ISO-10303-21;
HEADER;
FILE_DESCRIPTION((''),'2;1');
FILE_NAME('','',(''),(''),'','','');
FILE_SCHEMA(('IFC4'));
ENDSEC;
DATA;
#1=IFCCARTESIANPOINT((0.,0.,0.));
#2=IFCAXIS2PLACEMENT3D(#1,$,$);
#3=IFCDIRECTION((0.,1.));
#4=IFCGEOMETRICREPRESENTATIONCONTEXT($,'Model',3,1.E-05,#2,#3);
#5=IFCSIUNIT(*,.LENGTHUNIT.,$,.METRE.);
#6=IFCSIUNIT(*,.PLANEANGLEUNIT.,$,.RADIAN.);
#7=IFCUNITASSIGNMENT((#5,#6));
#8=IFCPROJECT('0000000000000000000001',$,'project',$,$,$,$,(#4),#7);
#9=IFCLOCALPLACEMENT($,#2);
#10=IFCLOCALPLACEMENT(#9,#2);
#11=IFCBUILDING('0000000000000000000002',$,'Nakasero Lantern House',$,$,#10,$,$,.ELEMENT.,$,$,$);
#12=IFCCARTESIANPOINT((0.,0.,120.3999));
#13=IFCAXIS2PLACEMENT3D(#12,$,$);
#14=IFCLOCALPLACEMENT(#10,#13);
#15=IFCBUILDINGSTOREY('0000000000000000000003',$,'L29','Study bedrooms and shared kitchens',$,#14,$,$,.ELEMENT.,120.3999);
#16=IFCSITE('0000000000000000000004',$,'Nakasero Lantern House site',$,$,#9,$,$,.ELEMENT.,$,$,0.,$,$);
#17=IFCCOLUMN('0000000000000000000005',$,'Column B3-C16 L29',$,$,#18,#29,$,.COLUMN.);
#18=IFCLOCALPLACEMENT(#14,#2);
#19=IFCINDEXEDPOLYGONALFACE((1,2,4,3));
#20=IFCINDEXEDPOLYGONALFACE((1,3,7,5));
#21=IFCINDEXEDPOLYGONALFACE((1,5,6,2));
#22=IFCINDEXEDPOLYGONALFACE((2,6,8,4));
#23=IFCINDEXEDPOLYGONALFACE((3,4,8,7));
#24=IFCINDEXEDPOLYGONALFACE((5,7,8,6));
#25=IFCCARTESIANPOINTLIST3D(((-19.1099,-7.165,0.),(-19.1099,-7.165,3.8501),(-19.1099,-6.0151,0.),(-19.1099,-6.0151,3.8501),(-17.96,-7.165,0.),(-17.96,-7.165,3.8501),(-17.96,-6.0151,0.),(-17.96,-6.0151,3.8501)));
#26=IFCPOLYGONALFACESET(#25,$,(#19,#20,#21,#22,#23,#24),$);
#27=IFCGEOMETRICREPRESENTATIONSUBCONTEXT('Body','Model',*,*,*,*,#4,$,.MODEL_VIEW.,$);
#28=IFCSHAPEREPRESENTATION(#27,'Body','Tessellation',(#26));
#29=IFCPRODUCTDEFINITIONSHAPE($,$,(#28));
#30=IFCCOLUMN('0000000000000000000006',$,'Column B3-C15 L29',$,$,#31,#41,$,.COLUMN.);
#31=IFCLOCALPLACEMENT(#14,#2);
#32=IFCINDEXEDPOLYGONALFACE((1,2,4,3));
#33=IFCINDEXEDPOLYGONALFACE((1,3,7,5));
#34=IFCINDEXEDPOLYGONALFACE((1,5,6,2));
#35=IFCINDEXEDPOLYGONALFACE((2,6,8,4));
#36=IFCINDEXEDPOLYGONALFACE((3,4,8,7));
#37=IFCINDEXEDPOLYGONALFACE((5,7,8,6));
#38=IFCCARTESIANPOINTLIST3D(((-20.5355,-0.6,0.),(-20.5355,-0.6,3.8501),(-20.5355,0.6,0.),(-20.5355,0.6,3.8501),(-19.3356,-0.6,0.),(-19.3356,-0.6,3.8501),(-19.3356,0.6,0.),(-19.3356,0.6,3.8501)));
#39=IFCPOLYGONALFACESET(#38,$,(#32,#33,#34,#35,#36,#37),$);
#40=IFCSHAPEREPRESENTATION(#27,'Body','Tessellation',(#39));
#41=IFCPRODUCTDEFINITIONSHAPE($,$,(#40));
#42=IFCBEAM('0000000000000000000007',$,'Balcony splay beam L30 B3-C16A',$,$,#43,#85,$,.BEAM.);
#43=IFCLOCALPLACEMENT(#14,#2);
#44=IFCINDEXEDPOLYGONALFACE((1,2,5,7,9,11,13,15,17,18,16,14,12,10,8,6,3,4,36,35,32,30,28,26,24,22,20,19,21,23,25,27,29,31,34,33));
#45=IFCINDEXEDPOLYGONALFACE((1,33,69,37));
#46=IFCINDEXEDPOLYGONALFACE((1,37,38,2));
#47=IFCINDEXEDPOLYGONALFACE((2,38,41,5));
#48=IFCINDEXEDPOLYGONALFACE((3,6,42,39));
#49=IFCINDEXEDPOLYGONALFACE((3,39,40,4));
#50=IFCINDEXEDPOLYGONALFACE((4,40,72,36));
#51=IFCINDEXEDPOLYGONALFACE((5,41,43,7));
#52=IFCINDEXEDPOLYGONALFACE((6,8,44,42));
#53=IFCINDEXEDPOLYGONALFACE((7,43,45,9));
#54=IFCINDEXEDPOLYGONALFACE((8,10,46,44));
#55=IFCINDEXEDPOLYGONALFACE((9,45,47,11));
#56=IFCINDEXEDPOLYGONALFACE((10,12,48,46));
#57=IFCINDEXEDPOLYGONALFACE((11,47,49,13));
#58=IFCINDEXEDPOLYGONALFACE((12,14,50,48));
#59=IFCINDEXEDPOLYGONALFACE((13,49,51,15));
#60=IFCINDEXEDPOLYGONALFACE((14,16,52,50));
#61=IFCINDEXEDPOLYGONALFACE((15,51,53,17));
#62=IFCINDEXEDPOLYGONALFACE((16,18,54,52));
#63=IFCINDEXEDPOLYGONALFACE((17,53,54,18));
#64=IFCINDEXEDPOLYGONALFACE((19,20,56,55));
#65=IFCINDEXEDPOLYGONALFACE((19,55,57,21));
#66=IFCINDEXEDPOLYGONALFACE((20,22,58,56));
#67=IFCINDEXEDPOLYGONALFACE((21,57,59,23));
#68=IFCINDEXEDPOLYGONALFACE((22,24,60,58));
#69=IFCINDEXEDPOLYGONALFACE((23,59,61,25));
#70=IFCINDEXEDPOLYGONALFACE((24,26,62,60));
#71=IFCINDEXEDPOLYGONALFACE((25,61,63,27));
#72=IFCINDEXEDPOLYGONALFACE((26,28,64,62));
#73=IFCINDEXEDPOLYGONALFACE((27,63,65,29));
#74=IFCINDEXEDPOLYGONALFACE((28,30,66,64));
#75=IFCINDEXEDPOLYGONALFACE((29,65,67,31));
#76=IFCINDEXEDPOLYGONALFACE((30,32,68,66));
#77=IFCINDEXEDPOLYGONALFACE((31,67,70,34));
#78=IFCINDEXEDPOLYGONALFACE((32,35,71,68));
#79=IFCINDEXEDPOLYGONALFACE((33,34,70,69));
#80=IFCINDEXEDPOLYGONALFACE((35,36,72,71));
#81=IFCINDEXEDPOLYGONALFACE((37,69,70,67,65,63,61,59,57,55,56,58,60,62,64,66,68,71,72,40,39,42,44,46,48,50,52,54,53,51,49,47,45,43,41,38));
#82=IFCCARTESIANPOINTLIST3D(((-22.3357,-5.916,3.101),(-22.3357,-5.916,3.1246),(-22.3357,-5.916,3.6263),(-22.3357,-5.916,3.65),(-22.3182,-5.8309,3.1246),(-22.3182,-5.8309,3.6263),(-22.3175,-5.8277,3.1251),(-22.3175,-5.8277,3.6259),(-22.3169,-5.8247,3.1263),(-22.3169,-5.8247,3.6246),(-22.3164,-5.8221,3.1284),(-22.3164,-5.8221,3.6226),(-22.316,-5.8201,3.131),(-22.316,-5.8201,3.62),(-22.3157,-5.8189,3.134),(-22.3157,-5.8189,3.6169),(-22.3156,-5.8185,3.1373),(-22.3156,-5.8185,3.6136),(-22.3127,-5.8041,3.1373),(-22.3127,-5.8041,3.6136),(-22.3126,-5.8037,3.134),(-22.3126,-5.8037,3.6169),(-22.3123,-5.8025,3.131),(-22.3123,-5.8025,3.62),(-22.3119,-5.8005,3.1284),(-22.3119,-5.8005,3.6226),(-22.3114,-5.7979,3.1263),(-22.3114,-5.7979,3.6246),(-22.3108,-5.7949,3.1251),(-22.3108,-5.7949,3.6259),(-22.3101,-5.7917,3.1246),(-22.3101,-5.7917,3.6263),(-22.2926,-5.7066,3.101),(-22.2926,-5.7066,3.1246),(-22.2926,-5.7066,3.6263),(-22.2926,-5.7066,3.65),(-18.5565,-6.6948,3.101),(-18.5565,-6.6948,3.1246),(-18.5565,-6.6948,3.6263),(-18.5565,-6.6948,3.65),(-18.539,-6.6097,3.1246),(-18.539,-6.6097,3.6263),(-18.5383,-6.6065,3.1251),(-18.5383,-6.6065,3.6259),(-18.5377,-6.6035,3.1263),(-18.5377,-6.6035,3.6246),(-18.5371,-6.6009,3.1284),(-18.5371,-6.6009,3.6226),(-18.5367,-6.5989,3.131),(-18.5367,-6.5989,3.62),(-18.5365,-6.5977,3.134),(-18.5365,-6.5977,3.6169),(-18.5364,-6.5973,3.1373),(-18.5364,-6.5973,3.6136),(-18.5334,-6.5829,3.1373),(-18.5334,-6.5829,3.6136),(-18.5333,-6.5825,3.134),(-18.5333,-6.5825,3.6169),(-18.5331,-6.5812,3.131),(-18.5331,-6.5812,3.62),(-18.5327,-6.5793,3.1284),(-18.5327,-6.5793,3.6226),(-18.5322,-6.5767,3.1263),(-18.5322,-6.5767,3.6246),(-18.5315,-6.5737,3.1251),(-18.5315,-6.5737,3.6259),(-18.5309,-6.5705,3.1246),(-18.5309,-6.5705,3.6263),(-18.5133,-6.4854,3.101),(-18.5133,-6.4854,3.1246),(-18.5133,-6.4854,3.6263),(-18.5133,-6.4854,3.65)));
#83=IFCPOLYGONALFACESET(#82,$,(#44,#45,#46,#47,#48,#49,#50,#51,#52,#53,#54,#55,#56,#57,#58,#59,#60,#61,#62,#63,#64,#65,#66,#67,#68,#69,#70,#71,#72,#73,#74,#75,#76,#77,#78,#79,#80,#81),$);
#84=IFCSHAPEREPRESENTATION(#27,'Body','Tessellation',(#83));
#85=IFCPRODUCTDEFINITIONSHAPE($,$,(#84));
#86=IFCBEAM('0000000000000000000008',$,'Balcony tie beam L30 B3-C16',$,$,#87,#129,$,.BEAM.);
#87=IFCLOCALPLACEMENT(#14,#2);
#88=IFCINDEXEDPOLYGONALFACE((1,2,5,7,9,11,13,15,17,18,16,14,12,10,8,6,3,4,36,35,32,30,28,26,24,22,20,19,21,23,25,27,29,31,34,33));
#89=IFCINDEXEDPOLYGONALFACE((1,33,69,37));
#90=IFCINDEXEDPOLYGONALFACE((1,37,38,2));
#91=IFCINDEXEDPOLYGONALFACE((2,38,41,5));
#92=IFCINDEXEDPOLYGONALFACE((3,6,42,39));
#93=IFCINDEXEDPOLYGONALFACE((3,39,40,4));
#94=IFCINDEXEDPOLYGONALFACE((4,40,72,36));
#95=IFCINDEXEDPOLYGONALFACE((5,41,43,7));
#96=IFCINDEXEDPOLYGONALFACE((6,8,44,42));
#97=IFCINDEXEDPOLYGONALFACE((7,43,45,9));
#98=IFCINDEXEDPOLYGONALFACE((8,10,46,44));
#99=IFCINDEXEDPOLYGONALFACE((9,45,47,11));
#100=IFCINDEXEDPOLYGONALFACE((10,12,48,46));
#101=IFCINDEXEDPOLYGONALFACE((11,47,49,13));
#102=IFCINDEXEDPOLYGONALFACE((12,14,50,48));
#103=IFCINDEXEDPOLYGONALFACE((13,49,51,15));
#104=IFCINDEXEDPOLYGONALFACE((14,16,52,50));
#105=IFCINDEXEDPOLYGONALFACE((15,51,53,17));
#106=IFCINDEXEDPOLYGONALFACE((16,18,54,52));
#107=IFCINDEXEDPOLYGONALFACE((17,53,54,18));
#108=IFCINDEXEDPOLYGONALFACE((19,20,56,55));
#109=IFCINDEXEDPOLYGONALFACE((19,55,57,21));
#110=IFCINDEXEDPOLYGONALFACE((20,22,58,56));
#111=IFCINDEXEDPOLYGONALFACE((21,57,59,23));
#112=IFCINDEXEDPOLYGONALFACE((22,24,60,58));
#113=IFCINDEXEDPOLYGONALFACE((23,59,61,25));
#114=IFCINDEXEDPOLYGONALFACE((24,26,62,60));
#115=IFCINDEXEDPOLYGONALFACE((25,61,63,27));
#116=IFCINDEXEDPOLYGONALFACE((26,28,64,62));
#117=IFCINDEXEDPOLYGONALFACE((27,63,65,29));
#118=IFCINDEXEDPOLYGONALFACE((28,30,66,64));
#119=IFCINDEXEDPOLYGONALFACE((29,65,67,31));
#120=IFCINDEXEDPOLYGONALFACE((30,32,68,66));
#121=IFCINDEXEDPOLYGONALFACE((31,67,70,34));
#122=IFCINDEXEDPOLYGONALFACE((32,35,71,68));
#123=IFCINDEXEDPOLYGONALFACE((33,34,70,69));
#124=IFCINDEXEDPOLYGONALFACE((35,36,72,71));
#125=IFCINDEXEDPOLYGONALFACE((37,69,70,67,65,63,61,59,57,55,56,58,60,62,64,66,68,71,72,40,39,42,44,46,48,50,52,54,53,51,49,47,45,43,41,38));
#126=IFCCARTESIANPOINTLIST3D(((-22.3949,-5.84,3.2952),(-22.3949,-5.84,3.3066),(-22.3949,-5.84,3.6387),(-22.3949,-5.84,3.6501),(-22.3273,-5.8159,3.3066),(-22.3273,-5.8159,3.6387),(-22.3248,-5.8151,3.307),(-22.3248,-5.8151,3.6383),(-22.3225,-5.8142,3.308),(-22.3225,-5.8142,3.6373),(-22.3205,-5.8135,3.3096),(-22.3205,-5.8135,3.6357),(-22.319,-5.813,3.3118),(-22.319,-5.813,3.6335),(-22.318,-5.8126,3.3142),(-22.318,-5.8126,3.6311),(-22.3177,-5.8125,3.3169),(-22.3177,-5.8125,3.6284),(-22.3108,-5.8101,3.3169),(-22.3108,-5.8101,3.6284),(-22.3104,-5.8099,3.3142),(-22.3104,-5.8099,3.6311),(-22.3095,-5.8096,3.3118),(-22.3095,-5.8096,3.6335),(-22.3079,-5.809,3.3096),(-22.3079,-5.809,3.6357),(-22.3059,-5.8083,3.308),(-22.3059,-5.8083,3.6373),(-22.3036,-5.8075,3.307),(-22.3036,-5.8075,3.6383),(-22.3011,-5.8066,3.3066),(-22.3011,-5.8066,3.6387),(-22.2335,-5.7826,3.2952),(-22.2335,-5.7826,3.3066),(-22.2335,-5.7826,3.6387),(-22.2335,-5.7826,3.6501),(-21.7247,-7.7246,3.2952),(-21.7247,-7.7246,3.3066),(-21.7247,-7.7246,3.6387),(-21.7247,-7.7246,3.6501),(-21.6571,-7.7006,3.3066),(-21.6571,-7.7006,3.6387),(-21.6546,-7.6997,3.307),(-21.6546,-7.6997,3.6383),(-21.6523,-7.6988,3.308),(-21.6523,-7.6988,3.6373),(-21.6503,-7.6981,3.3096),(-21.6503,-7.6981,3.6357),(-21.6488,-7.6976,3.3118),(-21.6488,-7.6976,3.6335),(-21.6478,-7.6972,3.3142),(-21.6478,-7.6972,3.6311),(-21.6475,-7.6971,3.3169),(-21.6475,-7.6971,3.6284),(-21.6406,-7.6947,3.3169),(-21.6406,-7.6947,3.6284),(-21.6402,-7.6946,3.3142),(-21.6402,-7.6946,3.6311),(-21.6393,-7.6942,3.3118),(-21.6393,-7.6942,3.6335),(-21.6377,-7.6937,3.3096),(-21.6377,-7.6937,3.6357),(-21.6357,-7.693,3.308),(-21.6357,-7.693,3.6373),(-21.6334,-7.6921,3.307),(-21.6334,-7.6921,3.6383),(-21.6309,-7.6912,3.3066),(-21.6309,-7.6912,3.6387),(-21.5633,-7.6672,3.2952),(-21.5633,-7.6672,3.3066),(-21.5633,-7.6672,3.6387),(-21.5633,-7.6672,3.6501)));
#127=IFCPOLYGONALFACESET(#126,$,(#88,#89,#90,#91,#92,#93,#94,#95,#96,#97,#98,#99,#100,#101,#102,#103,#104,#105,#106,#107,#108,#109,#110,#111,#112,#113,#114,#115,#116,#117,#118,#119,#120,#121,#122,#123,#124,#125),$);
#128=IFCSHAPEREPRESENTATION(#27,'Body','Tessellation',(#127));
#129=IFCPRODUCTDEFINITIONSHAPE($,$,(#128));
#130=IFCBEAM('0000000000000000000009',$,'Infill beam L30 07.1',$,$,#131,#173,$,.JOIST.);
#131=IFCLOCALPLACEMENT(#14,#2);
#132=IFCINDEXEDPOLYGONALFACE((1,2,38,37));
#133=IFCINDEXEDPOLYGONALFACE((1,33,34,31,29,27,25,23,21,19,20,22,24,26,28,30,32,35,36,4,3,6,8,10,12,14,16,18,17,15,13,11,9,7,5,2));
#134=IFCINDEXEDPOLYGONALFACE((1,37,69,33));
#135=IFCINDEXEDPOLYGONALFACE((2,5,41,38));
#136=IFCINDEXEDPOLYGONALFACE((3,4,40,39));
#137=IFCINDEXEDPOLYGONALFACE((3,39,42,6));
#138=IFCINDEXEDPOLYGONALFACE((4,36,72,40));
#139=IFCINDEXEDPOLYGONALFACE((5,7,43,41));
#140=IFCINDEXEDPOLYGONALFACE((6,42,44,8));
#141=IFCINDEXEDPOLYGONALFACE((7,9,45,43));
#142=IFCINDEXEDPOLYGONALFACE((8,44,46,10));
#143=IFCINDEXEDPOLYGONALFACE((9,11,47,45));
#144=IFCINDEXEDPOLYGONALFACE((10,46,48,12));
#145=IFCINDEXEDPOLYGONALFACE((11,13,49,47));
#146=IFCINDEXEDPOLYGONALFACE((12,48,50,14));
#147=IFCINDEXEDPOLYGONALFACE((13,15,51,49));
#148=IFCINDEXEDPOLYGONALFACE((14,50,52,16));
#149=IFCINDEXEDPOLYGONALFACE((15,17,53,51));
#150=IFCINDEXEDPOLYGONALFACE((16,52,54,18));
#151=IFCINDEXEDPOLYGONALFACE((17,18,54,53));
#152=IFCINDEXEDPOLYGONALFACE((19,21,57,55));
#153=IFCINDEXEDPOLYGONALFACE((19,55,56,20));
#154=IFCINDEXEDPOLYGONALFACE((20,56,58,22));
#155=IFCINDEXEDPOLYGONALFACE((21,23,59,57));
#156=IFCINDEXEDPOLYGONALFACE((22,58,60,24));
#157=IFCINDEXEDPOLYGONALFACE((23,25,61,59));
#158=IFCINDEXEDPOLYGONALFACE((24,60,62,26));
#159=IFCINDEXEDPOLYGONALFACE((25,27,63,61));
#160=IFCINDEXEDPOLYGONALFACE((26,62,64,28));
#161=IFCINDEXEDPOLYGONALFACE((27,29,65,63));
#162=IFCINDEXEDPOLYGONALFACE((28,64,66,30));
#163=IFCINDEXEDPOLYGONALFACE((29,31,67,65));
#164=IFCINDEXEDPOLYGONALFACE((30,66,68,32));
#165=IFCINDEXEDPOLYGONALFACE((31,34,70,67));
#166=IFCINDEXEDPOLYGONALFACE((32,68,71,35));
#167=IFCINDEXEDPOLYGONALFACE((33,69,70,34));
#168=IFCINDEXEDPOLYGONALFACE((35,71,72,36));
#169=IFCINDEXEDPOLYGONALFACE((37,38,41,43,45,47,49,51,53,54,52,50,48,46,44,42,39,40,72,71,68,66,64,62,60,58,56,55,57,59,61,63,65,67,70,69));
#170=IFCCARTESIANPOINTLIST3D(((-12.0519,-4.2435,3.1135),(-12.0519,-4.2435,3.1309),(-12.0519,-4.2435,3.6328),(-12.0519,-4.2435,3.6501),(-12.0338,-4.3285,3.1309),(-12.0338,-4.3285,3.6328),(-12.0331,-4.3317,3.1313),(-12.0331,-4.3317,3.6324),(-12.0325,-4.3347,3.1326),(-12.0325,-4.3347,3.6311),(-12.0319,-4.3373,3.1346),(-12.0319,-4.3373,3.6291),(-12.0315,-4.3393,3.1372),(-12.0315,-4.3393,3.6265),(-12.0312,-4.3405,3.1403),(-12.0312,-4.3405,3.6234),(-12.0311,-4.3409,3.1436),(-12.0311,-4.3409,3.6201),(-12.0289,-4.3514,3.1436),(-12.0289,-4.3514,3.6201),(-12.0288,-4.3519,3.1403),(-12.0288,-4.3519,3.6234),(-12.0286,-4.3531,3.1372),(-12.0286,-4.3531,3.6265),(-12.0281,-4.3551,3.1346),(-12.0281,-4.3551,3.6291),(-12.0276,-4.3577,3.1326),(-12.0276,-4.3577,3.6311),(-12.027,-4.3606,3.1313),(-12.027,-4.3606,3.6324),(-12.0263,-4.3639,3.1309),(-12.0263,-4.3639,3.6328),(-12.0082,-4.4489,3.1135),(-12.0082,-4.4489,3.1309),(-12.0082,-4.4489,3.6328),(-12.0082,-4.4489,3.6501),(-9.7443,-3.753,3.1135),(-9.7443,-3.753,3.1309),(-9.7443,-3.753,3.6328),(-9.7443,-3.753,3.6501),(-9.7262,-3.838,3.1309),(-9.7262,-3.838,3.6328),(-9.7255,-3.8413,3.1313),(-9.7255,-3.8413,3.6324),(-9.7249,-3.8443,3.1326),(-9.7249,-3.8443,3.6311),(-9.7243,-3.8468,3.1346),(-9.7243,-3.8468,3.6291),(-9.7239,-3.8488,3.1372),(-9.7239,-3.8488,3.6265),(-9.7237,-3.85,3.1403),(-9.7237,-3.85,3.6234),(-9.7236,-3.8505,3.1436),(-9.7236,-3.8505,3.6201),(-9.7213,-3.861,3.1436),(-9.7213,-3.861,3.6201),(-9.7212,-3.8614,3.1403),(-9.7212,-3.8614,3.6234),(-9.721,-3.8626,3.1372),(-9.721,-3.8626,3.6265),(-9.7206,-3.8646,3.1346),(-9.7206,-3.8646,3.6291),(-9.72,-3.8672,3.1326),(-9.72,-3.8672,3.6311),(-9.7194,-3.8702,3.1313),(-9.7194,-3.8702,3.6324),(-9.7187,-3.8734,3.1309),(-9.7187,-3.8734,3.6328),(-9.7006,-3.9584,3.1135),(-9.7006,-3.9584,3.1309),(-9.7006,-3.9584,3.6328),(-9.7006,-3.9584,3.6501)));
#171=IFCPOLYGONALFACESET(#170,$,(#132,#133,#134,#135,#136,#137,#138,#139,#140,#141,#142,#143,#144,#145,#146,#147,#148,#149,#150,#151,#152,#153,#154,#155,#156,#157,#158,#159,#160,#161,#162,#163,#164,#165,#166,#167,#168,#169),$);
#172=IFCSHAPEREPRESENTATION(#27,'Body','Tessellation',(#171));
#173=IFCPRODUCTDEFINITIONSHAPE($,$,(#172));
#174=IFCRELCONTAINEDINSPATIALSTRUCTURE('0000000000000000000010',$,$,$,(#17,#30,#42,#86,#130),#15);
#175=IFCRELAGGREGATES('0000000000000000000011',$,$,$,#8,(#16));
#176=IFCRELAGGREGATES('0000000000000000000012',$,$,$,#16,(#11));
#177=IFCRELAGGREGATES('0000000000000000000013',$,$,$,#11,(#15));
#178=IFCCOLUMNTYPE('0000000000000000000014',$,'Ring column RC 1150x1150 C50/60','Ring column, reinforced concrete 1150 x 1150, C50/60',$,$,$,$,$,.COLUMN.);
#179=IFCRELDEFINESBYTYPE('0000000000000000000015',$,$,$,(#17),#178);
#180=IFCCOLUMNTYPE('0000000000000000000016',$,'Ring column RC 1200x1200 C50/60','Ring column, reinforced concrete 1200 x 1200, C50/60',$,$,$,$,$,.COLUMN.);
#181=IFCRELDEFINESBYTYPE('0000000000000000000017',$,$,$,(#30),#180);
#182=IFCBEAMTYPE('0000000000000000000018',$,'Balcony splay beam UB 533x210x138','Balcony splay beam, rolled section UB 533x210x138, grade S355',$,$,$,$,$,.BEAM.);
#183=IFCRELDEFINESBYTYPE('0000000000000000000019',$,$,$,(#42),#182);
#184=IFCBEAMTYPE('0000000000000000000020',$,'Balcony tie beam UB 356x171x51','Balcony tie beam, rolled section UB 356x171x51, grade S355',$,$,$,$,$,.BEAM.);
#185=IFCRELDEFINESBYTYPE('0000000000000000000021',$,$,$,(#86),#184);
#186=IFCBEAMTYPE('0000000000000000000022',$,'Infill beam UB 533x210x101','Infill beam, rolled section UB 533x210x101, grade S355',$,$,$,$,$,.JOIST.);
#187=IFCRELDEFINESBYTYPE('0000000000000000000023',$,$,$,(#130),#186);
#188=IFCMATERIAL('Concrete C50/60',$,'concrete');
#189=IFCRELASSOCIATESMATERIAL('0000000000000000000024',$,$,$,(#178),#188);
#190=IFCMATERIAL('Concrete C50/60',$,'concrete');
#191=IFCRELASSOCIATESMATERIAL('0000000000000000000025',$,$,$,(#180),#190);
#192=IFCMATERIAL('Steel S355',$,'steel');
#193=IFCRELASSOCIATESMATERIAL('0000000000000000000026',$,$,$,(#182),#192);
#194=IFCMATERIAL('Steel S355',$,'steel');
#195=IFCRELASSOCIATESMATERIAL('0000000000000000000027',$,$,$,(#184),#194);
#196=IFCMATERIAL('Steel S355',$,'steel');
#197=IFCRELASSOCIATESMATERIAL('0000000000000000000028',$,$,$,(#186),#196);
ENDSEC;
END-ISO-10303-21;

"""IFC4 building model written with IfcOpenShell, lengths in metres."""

from ifc_helpers import new_model, si_unit, direction, frame, origin, origin_2d, place, context, subcontext, project, spatial, rectangle, i_section, extrude, material, material_profile, profile_set, type_object, element, save


model = new_model("IFC4")

# Units and contexts
model_context = context("Model", 3, precision=1e-05, world=origin(), true_north=direction((0.0, 1.0)))
body_context = subcontext(model_context, "Body", "Model", "MODEL_VIEW")
ifc_project = project(units=[si_unit("LENGTHUNIT", "METRE"), si_unit("PLANEANGLEUNIT", "RADIAN")], contexts=[model_context])

# Site, building, storey
site_placement = place(None, origin())
site = spatial("IfcSite", under=ifc_project, at=site_placement, Name="Nakasero Lantern House site", CompositionType="ELEMENT", RefElevation=0.0)
building_placement = place(site_placement, origin())
building = spatial("IfcBuilding", under=site, at=building_placement, Name="Nakasero Lantern House", CompositionType="ELEMENT")
storey_placement = place(building_placement, frame((0.0, 0.0, 120.3999)))
storey = spatial("IfcBuildingStorey", under=building, at=storey_placement, Name="L29", Description="Study bedrooms and shared kitchens", CompositionType="ELEMENT", Elevation=120.3999)

# Columns
ifc_material_1 = material(Name="Concrete C50/60", Category="concrete")
ifc_material_profile_1 = material_profile(ifc_material_1, rectangle(XDim=1.1499, YDim=1.1499, at=origin_2d()), Name="RC 1150x1150")
ifc_profile_set_1 = profile_set([ifc_material_profile_1], Name="Concrete C50/60")
column_type_1 = type_object("IfcColumnType", Name="Ring column RC 1150x1150 C50/60", Description="Ring column, reinforced concrete 1150 x 1150, C50/60", PredefinedType="COLUMN", material=ifc_profile_set_1)
column_1_placement = place(storey_placement, frame((-18.5349, -6.5901, 0.0), z_axis=(0.0, 0.0, 1.0), x_axis=(1.0, 0.0, 0.0)))
element("IfcColumn", 1, at=column_1_placement, inside=storey, type_object=column_type_1, Name="Column B3-C16 L29", PredefinedType="COLUMN", context=body_context, shape_type="SweptSolid", body=[
    extrude(rectangle(XDim=1.1499, YDim=1.1499, at=origin_2d()), origin(), (0.0, 0.0, 1.0), 3.8501),
])
ifc_material_2 = material(Name="Concrete C50/60", Category="concrete")
ifc_material_profile_2 = material_profile(ifc_material_2, rectangle(XDim=1.2, YDim=1.2, at=origin_2d()), Name="RC 1200x1200")
ifc_profile_set_2 = profile_set([ifc_material_profile_2], Name="Concrete C50/60")
column_type_2 = type_object("IfcColumnType", Name="Ring column RC 1200x1200 C50/60", Description="Ring column, reinforced concrete 1200 x 1200, C50/60", PredefinedType="COLUMN", material=ifc_profile_set_2)
column_2_placement = place(storey_placement, frame((-19.9355, 0.0, 0.0), z_axis=(0.0, 0.0, 1.0), x_axis=(1.0, 0.0, 0.0)))
element("IfcColumn", 2, at=column_2_placement, inside=storey, type_object=column_type_2, Name="Column B3-C15 L29", PredefinedType="COLUMN", context=body_context, shape_type="SweptSolid", body=[
    extrude(rectangle(XDim=1.2, YDim=1.2, at=origin_2d()), origin(), (0.0, 0.0, 1.0), 3.8501),
])

# Beams
ifc_material_3 = material(Name="Steel S355", Category="steel")
ifc_material_profile_3 = material_profile(ifc_material_3, i_section(OverallWidth=0.2139, OverallDepth=0.5491, WebThickness=0.0146, FlangeThickness=0.0237, FilletRadius=0.0127, at=origin_2d()), Name="UB 533x210x138")
ifc_profile_set_3 = profile_set([ifc_material_profile_3], Name="Steel S355")
beam_type_1 = type_object("IfcBeamType", Name="Balcony splay beam UB 533x210x138", Description="Balcony splay beam, rolled section UB 533x210x138, grade S355", PredefinedType="BEAM", material=ifc_profile_set_3)
beam_1_placement = place(storey_placement, frame((-18.5349, -6.5901, 3.3755), z_axis=(-0.97942, 0.201831, 0.0), x_axis=(-0.201831, -0.97942, 0.0)))
element("IfcBeam", 3, at=beam_1_placement, inside=storey, type_object=beam_type_1, Name="Balcony splay beam L30 B3-C16A", PredefinedType="BEAM", context=body_context, shape_type="SweptSolid", body=[
    extrude(i_section(OverallWidth=0.2139, OverallDepth=0.5491, WebThickness=0.0146, FlangeThickness=0.0237, FilletRadius=0.0127, at=origin_2d()), origin(), (0.0, 0.0, 1.0), 3.8586),
])
ifc_material_4 = material(Name="Steel S355", Category="steel")
ifc_material_profile_4 = material_profile(ifc_material_4, i_section(OverallWidth=0.1714, OverallDepth=0.355, WebThickness=0.0073, FlangeThickness=0.0115, FilletRadius=0.0103, at=origin_2d()), Name="UB 356x171x51")
ifc_profile_set_4 = profile_set([ifc_material_profile_4], Name="Steel S355")
beam_type_2 = type_object("IfcBeamType", Name="Balcony tie beam UB 356x171x51", Description="Balcony tie beam, rolled section UB 356x171x51, grade S355", PredefinedType="BEAM", material=ifc_profile_set_4)
beam_2_placement = place(storey_placement, frame((-22.3142, -5.8113, 3.4727), z_axis=(0.33506, -0.942197, 0.0), x_axis=(0.942197, 0.33506, 0.0)))
element("IfcBeam", 4, at=beam_2_placement, inside=storey, type_object=beam_type_2, Name="Balcony tie beam L30 B3-C16", PredefinedType="BEAM", context=body_context, shape_type="SweptSolid", body=[
    extrude(i_section(OverallWidth=0.1714, OverallDepth=0.355, WebThickness=0.0073, FlangeThickness=0.0115, FilletRadius=0.0103, at=origin_2d()), origin(), (0.0, 0.0, 1.0), 2.0002),
])
ifc_material_5 = material(Name="Steel S355", Category="steel")
ifc_material_profile_5 = material_profile(ifc_material_5, i_section(OverallWidth=0.21, OverallDepth=0.5366, WebThickness=0.0107, FlangeThickness=0.0173, FilletRadius=0.0127, at=origin_2d()), Name="UB 533x210x101")
ifc_profile_set_5 = profile_set([ifc_material_profile_5], Name="Steel S355")
beam_type_3 = type_object("IfcBeamType", Name="Infill beam UB 533x210x101", Description="Infill beam, rolled section UB 533x210x101, grade S355", PredefinedType="JOIST", material=ifc_profile_set_5)
beam_3_placement = place(storey_placement, frame((-12.03, -4.3462, 3.3818), z_axis=(0.978149, 0.207903, 0.0), x_axis=(-0.207903, 0.978149, 0.0)))
element("IfcBeam", 5, at=beam_3_placement, inside=storey, type_object=beam_type_3, Name="Infill beam L30 07.1", PredefinedType="JOIST", context=body_context, shape_type="SweptSolid", body=[
    extrude(i_section(OverallWidth=0.21, OverallDepth=0.5366, WebThickness=0.0107, FlangeThickness=0.0173, FilletRadius=0.0127, at=origin_2d()), origin(), (0.0, 0.0, 1.0), 2.3591),
])

save(model, "model.ifc")
